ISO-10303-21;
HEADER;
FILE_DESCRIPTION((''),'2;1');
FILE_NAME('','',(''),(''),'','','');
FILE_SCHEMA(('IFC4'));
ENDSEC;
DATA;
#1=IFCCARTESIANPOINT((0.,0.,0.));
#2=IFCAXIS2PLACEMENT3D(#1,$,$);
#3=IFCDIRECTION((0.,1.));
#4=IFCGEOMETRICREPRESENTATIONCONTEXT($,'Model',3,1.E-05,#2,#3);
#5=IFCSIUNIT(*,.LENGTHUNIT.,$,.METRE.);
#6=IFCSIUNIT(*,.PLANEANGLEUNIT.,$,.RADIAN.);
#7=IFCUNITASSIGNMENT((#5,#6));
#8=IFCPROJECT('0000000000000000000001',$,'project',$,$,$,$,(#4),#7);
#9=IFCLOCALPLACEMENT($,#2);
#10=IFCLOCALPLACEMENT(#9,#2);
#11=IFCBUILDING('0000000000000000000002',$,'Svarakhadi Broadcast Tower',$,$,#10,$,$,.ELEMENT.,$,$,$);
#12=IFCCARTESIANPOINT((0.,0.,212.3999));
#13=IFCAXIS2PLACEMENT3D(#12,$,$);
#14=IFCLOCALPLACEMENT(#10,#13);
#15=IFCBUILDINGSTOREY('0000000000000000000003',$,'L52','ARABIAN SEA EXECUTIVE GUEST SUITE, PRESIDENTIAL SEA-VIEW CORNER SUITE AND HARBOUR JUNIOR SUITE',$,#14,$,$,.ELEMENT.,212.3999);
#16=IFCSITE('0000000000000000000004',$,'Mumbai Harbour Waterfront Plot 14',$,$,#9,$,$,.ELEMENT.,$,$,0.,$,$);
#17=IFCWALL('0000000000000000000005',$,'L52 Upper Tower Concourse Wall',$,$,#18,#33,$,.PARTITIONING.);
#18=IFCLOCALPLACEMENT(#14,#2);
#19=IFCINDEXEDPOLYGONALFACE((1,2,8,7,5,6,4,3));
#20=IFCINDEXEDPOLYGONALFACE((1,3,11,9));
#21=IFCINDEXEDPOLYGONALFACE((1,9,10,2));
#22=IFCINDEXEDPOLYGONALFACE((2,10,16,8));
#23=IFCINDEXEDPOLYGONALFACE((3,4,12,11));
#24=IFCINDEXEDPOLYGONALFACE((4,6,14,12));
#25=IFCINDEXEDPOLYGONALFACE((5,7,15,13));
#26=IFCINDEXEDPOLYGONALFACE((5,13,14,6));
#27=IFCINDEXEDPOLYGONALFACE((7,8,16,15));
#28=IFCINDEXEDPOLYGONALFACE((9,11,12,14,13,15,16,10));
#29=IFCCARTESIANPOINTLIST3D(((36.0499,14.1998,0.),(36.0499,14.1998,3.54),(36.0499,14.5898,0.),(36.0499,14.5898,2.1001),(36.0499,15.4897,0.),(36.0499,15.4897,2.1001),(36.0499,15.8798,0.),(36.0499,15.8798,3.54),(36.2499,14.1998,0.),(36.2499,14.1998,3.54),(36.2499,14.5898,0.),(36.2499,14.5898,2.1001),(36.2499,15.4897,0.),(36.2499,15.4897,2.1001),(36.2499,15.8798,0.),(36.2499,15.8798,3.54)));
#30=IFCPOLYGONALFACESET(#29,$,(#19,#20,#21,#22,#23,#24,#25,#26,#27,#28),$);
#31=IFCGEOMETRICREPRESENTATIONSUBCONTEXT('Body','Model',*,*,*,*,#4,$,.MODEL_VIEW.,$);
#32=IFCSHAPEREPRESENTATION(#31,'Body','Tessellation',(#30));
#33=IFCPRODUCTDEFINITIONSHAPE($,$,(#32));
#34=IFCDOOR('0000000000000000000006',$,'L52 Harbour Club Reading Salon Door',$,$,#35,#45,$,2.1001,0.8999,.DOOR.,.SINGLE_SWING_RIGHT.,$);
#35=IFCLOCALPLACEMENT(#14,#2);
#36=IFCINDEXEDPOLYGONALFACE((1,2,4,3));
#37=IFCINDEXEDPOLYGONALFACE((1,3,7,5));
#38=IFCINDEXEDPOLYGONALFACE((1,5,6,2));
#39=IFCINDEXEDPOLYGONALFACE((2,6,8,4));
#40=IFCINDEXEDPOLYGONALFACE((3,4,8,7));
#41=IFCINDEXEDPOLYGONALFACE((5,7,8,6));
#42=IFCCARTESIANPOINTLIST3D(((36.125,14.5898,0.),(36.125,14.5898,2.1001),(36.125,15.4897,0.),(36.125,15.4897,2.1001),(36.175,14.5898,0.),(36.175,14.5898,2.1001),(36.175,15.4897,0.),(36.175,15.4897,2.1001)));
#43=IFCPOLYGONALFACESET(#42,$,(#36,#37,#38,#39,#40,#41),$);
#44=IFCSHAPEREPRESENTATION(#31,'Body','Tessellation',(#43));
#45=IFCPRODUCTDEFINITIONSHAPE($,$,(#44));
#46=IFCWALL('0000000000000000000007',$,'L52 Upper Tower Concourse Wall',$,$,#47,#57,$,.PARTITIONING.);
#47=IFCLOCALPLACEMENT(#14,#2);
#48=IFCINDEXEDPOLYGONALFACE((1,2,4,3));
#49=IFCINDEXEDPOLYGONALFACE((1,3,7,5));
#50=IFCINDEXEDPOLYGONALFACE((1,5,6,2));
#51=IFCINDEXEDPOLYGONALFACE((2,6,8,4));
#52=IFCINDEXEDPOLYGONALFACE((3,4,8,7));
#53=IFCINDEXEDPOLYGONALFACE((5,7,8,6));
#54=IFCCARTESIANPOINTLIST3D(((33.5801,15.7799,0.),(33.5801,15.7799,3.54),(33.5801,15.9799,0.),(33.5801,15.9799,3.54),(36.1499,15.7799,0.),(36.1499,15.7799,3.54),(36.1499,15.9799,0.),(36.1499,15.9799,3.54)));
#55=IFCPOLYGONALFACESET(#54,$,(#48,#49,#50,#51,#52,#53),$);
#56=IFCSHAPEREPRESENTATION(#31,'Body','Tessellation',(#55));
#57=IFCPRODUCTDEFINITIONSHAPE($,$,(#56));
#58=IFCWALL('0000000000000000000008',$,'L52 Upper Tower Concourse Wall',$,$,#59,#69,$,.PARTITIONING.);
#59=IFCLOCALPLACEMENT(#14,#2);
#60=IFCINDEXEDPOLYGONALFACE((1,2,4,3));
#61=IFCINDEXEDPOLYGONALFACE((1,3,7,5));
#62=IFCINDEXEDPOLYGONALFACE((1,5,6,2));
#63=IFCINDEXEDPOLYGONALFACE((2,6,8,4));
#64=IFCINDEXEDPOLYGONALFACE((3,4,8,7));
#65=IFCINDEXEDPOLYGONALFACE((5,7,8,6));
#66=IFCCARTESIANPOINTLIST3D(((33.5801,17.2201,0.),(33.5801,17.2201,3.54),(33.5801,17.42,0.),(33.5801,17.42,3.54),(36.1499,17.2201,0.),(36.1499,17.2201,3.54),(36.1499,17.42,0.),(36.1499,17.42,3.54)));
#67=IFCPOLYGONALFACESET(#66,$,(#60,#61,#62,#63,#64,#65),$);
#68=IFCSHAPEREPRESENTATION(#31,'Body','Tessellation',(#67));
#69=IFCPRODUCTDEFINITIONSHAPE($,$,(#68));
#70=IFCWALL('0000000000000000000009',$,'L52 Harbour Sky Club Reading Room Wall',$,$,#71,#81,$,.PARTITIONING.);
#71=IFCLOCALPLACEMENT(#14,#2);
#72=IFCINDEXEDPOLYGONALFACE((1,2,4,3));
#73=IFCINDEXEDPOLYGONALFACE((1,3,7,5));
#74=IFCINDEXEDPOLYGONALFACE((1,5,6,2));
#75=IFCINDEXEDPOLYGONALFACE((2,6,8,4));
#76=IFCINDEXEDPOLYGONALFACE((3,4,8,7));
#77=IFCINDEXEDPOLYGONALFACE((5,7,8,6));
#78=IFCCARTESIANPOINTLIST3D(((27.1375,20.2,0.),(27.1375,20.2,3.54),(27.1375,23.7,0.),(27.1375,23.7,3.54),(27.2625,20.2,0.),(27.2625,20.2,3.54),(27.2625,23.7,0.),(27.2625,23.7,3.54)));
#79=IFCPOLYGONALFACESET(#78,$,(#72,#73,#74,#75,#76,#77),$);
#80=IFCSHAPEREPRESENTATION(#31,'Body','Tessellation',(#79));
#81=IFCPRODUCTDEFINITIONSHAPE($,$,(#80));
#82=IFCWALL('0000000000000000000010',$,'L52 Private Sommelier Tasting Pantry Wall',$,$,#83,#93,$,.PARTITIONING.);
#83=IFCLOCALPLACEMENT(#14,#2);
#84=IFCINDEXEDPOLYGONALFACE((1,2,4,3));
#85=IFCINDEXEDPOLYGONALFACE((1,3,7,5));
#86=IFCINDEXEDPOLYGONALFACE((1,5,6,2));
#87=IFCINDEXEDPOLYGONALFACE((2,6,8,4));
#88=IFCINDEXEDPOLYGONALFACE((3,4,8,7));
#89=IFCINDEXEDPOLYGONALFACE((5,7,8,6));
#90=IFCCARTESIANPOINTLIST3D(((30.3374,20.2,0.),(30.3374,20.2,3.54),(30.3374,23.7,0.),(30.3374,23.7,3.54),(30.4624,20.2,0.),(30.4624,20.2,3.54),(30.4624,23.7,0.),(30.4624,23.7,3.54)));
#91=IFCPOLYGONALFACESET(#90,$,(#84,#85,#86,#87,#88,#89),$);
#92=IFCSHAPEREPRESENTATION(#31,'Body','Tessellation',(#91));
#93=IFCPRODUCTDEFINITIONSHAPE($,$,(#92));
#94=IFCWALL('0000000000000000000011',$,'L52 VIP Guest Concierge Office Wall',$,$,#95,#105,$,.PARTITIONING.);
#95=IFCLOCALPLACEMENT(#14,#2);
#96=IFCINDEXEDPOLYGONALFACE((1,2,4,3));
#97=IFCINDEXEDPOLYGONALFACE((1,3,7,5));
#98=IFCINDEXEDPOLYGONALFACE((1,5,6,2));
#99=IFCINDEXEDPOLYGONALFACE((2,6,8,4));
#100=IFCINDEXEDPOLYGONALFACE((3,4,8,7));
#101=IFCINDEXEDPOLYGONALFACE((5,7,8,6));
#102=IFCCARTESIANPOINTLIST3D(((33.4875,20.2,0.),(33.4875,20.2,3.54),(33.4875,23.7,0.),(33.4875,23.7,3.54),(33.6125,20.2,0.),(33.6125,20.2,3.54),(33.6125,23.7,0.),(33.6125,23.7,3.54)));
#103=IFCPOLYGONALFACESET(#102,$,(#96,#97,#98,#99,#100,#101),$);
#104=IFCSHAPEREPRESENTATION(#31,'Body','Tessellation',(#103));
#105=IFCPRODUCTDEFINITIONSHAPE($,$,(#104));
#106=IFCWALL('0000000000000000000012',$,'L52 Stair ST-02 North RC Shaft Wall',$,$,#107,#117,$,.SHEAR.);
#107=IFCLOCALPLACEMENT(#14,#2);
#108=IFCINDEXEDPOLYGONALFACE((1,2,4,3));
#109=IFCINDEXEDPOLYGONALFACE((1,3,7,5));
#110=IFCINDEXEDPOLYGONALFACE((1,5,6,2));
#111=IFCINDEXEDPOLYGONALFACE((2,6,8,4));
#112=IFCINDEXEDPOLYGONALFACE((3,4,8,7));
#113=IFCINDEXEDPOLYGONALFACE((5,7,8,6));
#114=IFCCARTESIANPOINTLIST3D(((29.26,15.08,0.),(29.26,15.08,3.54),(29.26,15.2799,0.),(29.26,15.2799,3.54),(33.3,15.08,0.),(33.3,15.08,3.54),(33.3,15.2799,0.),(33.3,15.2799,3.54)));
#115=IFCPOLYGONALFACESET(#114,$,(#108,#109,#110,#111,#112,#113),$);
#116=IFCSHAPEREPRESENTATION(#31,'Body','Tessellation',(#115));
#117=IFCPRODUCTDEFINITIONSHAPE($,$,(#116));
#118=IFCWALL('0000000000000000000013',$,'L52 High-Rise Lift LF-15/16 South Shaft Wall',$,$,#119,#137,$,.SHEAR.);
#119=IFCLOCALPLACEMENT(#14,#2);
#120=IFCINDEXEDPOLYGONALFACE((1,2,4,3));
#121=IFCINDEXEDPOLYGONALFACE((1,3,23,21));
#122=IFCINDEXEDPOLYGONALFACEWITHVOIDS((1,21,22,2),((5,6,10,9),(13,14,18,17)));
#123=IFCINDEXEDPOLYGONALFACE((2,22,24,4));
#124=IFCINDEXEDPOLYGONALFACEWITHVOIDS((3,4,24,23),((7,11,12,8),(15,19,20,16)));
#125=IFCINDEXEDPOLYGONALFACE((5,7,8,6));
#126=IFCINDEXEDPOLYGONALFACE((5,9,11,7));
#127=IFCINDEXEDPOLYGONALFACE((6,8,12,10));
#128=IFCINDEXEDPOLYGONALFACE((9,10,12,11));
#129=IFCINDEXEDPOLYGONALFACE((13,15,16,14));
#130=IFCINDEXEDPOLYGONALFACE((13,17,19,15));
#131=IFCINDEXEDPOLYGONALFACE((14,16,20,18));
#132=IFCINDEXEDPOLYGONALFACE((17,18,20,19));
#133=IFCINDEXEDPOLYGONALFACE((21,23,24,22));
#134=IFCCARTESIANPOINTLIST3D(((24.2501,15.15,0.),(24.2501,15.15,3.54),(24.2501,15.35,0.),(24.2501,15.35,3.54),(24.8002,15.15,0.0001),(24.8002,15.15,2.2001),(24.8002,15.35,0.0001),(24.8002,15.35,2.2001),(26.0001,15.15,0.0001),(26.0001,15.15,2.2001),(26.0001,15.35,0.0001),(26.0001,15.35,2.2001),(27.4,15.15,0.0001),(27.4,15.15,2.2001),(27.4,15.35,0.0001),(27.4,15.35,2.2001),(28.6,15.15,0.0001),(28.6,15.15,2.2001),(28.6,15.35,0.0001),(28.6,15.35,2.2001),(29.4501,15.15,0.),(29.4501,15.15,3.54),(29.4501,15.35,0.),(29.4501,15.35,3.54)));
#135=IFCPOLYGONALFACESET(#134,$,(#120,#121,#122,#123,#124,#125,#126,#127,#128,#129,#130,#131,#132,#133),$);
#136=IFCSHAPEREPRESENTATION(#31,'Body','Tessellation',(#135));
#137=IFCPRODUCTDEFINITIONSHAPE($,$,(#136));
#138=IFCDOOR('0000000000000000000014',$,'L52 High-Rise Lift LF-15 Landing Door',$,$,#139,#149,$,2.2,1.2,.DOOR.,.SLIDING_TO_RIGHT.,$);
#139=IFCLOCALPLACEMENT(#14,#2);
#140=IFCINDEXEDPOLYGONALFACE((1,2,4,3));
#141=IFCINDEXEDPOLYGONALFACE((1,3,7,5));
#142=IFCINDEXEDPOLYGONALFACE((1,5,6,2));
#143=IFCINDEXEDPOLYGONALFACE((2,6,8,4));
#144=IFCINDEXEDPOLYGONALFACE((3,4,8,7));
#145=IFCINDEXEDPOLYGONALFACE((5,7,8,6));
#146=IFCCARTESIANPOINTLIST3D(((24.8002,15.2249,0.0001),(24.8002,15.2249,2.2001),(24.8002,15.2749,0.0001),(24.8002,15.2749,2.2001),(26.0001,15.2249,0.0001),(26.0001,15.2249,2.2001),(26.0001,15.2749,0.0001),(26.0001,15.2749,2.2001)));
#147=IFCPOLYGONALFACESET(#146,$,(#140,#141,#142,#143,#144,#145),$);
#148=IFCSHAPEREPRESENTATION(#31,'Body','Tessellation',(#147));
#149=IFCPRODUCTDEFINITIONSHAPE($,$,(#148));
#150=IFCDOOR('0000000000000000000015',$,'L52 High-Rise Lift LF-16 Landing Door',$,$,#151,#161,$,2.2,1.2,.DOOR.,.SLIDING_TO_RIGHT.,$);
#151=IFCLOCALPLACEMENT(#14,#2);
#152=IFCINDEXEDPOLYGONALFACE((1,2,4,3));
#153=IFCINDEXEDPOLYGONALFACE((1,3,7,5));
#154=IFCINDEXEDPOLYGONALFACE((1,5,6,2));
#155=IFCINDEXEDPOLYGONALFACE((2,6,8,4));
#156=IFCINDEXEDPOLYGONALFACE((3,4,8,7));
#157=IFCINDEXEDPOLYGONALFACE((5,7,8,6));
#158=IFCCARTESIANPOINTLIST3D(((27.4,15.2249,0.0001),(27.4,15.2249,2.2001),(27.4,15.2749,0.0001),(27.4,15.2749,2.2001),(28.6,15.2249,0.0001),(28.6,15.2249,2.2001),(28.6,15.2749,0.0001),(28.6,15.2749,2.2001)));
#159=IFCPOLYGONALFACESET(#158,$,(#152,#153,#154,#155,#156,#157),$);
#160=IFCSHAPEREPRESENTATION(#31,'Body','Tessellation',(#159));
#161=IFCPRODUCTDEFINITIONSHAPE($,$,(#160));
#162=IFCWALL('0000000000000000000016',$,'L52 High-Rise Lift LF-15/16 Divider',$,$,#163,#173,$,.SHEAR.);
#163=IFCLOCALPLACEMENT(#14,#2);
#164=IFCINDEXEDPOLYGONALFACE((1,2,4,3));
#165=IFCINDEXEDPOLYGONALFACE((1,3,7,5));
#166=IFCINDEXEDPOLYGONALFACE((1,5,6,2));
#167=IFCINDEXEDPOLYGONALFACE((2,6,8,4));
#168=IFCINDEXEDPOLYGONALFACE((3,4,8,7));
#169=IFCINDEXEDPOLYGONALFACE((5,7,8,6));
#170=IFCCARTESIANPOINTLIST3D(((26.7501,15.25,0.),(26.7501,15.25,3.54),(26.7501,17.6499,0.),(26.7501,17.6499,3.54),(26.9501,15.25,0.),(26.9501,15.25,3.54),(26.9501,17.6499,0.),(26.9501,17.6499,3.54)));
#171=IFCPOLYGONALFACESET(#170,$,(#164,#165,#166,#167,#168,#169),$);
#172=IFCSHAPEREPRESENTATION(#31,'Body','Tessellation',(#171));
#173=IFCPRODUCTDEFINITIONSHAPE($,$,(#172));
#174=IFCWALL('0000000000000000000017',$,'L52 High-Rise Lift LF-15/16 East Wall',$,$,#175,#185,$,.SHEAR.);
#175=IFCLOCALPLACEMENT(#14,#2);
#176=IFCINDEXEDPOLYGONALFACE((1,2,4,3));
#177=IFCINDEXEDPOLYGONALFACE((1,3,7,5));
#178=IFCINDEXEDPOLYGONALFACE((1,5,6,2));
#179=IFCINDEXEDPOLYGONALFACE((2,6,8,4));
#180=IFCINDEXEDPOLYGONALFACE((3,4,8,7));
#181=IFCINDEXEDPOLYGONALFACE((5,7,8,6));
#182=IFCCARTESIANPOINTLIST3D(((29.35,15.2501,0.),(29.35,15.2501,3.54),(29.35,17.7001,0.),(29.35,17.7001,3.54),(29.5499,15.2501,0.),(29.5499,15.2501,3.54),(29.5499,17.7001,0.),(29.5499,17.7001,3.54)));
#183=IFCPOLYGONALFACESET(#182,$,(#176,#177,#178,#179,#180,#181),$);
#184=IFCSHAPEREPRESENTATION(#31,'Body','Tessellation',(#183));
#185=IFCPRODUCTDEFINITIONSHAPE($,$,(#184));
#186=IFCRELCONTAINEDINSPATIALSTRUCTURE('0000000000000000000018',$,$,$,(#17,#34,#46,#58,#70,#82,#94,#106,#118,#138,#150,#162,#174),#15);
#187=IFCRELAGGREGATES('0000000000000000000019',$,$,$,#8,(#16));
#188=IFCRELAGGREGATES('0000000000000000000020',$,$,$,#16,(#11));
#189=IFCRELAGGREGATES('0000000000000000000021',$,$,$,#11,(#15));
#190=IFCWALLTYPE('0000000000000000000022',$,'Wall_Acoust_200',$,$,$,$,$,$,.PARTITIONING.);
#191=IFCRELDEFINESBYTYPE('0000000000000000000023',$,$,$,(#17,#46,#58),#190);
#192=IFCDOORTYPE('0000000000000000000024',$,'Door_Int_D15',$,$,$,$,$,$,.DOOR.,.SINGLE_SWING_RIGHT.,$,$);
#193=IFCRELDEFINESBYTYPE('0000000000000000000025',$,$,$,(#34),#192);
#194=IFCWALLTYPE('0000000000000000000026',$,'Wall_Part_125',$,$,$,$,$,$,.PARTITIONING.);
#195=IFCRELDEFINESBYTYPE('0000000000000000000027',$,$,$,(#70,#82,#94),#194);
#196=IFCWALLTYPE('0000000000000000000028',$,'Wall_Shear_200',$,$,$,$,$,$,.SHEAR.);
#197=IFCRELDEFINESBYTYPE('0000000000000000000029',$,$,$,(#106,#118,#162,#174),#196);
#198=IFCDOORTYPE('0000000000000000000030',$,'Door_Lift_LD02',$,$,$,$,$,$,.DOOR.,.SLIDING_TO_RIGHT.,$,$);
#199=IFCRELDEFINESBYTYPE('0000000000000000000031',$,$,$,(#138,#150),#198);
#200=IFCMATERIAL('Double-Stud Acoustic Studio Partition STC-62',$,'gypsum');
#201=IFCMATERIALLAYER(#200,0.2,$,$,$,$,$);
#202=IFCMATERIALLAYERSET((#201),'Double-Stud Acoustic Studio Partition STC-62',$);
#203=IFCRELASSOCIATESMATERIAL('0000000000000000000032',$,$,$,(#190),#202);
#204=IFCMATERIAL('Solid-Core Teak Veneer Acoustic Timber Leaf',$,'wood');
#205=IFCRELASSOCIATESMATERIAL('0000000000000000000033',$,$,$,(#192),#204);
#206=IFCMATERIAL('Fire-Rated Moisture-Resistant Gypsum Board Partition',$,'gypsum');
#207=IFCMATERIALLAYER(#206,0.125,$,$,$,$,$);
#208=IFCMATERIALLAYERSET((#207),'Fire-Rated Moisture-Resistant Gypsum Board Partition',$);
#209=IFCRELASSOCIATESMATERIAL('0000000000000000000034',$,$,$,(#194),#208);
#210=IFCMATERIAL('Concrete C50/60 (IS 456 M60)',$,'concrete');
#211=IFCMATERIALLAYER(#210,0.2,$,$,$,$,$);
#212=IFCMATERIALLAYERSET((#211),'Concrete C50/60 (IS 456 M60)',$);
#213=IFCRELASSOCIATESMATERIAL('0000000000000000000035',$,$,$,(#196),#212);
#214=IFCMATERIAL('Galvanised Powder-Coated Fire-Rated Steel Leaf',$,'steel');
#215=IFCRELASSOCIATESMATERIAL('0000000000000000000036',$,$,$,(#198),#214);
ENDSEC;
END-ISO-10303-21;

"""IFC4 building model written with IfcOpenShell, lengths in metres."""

from ifc_helpers import new_model, si_unit, direction, frame, frame_2d, origin, place, context, subcontext, project, spatial, rectangle, extrude, material, layer, layer_set, type_object, element, fill, save


model = new_model("IFC4")

# Units and contexts
model_context = context("Model", 3, precision=1e-05, world=origin(), true_north=direction((0.0, 1.0)))
body_context = subcontext(model_context, "Body", "Model", "MODEL_VIEW")
ifc_project = project(units=[si_unit("LENGTHUNIT", "METRE"), si_unit("PLANEANGLEUNIT", "RADIAN")], contexts=[model_context])

# Site, building, storey
site_placement = place(None, origin())
site = spatial("IfcSite", under=ifc_project, at=site_placement, Name="Mumbai Harbour Waterfront Plot 14", CompositionType="ELEMENT", RefElevation=0.0)
building_placement = place(site_placement, origin())
building = spatial("IfcBuilding", under=site, at=building_placement, Name="Svarakhadi Broadcast Tower", CompositionType="ELEMENT")
storey_placement = place(building_placement, frame((0.0, 0.0, 212.3999)))
storey = spatial("IfcBuildingStorey", under=building, at=storey_placement, Name="L52", Description="ARABIAN SEA EXECUTIVE GUEST SUITE, PRESIDENTIAL SEA-VIEW CORNER SUITE AND HARBOUR JUNIOR SUITE", CompositionType="ELEMENT", Elevation=212.3999)

# Shared definitions
ifc_material_1 = material(Name="Concrete C50/60 (IS 456 M60)", Category="concrete")

# Shared definitions
ifc_material_2 = material(Name="Double-Stud Acoustic Studio Partition STC-62", Category="gypsum")
ifc_layer_1 = layer(ifc_material_2, 0.2)
ifc_layer_set_1 = layer_set([ifc_layer_1], Name="Double-Stud Acoustic Studio Partition STC-62")
wall_type_1 = type_object("IfcWallType", Name="Wall_Acoust_200", PredefinedType="PARTITIONING", material=ifc_layer_set_1)

# Wall, opening, door
wall_1_placement = place(storey_placement, frame((36.1499, 14.2, 0.0), z_axis=(0.0, 0.0, 1.0), x_axis=(0.0, 1.0, 0.0)))
wall_1 = element("IfcWall", 1, at=wall_1_placement, inside=storey, type_object=wall_type_1, Name="L52 Upper Tower Concourse Wall", PredefinedType="PARTITIONING", context=body_context, shape_type="SweptSolid", body=[
    extrude(rectangle(XDim=1.6799, YDim=0.2, at=frame_2d((0.8398, 0.0))), origin(), (0.0, 0.0, 1.0), 3.54),
])
opening_1_placement = place(wall_1_placement, frame((0.3899, 0.0, 0.0)))
opening_1 = element("IfcOpeningElement", 2, at=opening_1_placement, cuts=wall_1, PredefinedType="OPENING", context=body_context, shape_type="SweptSolid", body=[
    extrude(rectangle(XDim=0.8999, YDim=2.1001, at=frame_2d((0.45, 1.05))), frame((0.0, 0.1099, 0.0), z_axis=(0.0, -1.0, 0.0), x_axis=(1.0, 0.0, 0.0)), (0.0, 0.0, 1.0), 0.22),
])
ifc_material_3 = material(Name="Solid-Core Teak Veneer Acoustic Timber Leaf", Category="wood")
door_type_1 = type_object("IfcDoorType", Name="Door_Int_D15", OperationType="SINGLE_SWING_RIGHT", PredefinedType="DOOR", material=ifc_material_3)
door_1_placement = place(opening_1_placement, origin())
door_1 = element("IfcDoor", 3, at=door_1_placement, inside=storey, type_object=door_type_1, Name="L52 Harbour Club Reading Salon Door", OperationType="SINGLE_SWING_RIGHT", OverallHeight=2.1001, OverallWidth=0.8999, PredefinedType="DOOR", context=body_context, shape_type="SweptSolid", body=[
    extrude(rectangle(XDim=0.8999, YDim=2.1001, at=frame_2d((0.45, 1.05))), frame((0.0, 0.0249, 0.0), z_axis=(0.0, -1.0, 0.0), x_axis=(1.0, 0.0, 0.0)), (0.0, 0.0, 1.0), 0.05),
])
fill(opening_1, door_1)

# Walls
for number, where, z_axis, x_axis, name in (
    (4, (36.1499, 15.8799, 0.0), (0.0, 0.0, 1.0), (-1.0, 0.0, 0.0), "L52 Upper Tower Concourse Wall"),
    (5, (33.5801, 17.3201, 0.0), (0.0, 0.0, 1.0), (1.0, 0.0, 0.0), "L52 Upper Tower Concourse Wall"),
):
    element("IfcWall", number, at=place(storey_placement, frame(where, z_axis=z_axis, x_axis=x_axis)), inside=storey, type_object=wall_type_1, Name=name, PredefinedType="PARTITIONING", context=body_context, shape_type="SweptSolid", body=[
        extrude(rectangle(XDim=2.5698, YDim=0.2, at=frame_2d((1.2849, 0.0))), origin(), (0.0, 0.0, 1.0), 3.54),
    ])
ifc_material_4 = material(Name="Fire-Rated Moisture-Resistant Gypsum Board Partition", Category="gypsum")
ifc_layer_2 = layer(ifc_material_4, 0.125)
ifc_layer_set_2 = layer_set([ifc_layer_2], Name="Fire-Rated Moisture-Resistant Gypsum Board Partition")
wall_type_2 = type_object("IfcWallType", Name="Wall_Part_125", PredefinedType="PARTITIONING", material=ifc_layer_set_2)
for number, where, z_axis, x_axis, name in (
    (6, (27.2, 20.2, 0.0), (0.0, 0.0, 1.0), (0.0, 1.0, 0.0), "L52 Harbour Sky Club Reading Room Wall"),
    (7, (30.3999, 20.2, 0.0), (0.0, 0.0, 1.0), (0.0, 1.0, 0.0), "L52 Private Sommelier Tasting Pantry Wall"),
    (8, (33.55, 20.2, 0.0), (0.0, 0.0, 1.0), (0.0, 1.0, 0.0), "L52 VIP Guest Concierge Office Wall"),
):
    element("IfcWall", number, at=place(storey_placement, frame(where, z_axis=z_axis, x_axis=x_axis)), inside=storey, type_object=wall_type_2, Name=name, PredefinedType="PARTITIONING", context=body_context, shape_type="SweptSolid", body=[
        extrude(rectangle(XDim=3.5, YDim=0.125, at=frame_2d((1.75, 0.0))), origin(), (0.0, 0.0, 1.0), 3.54),
    ])
ifc_layer_3 = layer(ifc_material_1, 0.2)
ifc_layer_set_3 = layer_set([ifc_layer_3], Name="Concrete C50/60 (IS 456 M60)")
wall_type_3 = type_object("IfcWallType", Name="Wall_Shear_200", PredefinedType="SHEAR", material=ifc_layer_set_3)
wall_2_placement = place(storey_placement, frame((29.26, 15.1799, 0.0), z_axis=(0.0, 0.0, 1.0), x_axis=(1.0, 0.0, 0.0)))
element("IfcWall", 9, at=wall_2_placement, inside=storey, type_object=wall_type_3, Name="L52 Stair ST-02 North RC Shaft Wall", PredefinedType="SHEAR", context=body_context, shape_type="SweptSolid", body=[
    extrude(rectangle(XDim=4.04, YDim=0.2, at=frame_2d((2.02, 0.0))), origin(), (0.0, 0.0, 1.0), 3.54),
])

# Shared definitions
ifc_material_5 = material(Name="Galvanised Powder-Coated Fire-Rated Steel Leaf", Category="steel")

# Wall, openings, doors
wall_3_placement = place(storey_placement, frame((24.25, 15.25, 0.0), z_axis=(0.0, 0.0, 1.0), x_axis=(1.0, 0.0, 0.0)))
wall_3 = element("IfcWall", 10, at=wall_3_placement, inside=storey, type_object=wall_type_3, Name="L52 High-Rise Lift LF-15/16 South Shaft Wall", PredefinedType="SHEAR", context=body_context, shape_type="SweptSolid", body=[
    extrude(rectangle(XDim=5.2, YDim=0.2, at=frame_2d((2.6001, 0.0))), origin(), (0.0, 0.0, 1.0), 3.54),
])
opening_2_placement = place(wall_3_placement, frame((0.55, 0.0, 0.0)))
opening_2 = element("IfcOpeningElement", 11, at=opening_2_placement, cuts=wall_3, PredefinedType="OPENING", context=body_context, shape_type="SweptSolid", body=[
    extrude(rectangle(XDim=1.2, YDim=2.2, at=frame_2d((0.6001, 1.1001))), frame((0.0, 0.1099, 0.0), z_axis=(0.0, -1.0, 0.0), x_axis=(1.0, 0.0, 0.0)), (0.0, 0.0, 1.0), 0.22),
])
opening_3_placement = place(wall_3_placement, frame((3.1499, 0.0, 0.0)))
opening_3 = element("IfcOpeningElement", 12, at=opening_3_placement, cuts=wall_3, PredefinedType="OPENING", context=body_context, shape_type="SweptSolid", body=[
    extrude(rectangle(XDim=1.2, YDim=2.2, at=frame_2d((0.6001, 1.1001))), frame((0.0, 0.1099, 0.0), z_axis=(0.0, -1.0, 0.0), x_axis=(1.0, 0.0, 0.0)), (0.0, 0.0, 1.0), 0.22),
])
door_type_2 = type_object("IfcDoorType", Name="Door_Lift_LD02", OperationType="SLIDING_TO_RIGHT", PredefinedType="DOOR", material=ifc_material_5)
door_2_placement = place(opening_2_placement, origin())
door_2 = element("IfcDoor", 13, at=door_2_placement, inside=storey, type_object=door_type_2, Name="L52 High-Rise Lift LF-15 Landing Door", OperationType="SLIDING_TO_RIGHT", OverallHeight=2.2, OverallWidth=1.2, PredefinedType="DOOR", context=body_context, shape_type="SweptSolid", body=[
    extrude(rectangle(XDim=1.2, YDim=2.2, at=frame_2d((0.6001, 1.1001))), frame((0.0, 0.0249, 0.0), z_axis=(0.0, -1.0, 0.0), x_axis=(1.0, 0.0, 0.0)), (0.0, 0.0, 1.0), 0.05),
])
fill(opening_2, door_2)
door_3_placement = place(opening_3_placement, origin())
door_3 = element("IfcDoor", 14, at=door_3_placement, inside=storey, type_object=door_type_2, Name="L52 High-Rise Lift LF-16 Landing Door", OperationType="SLIDING_TO_RIGHT", OverallHeight=2.2, OverallWidth=1.2, PredefinedType="DOOR", context=body_context, shape_type="SweptSolid", body=[
    extrude(rectangle(XDim=1.2, YDim=2.2, at=frame_2d((0.6001, 1.1001))), frame((0.0, 0.0249, 0.0), z_axis=(0.0, -1.0, 0.0), x_axis=(1.0, 0.0, 0.0)), (0.0, 0.0, 1.0), 0.05),
])
fill(opening_3, door_3)

# Walls
wall_4_placement = place(storey_placement, frame((26.8501, 15.25, 0.0), z_axis=(0.0, 0.0, 1.0), x_axis=(0.0, 1.0, 0.0)))
element("IfcWall", 15, at=wall_4_placement, inside=storey, type_object=wall_type_3, Name="L52 High-Rise Lift LF-15/16 Divider", PredefinedType="SHEAR", context=body_context, shape_type="SweptSolid", body=[
    extrude(rectangle(XDim=2.3999, YDim=0.2, at=frame_2d((1.2, 0.0))), origin(), (0.0, 0.0, 1.0), 3.54),
])
wall_5_placement = place(storey_placement, frame((29.45, 15.25, 0.0), z_axis=(0.0, 0.0, 1.0), x_axis=(0.0, 1.0, 0.0)))
element("IfcWall", 16, at=wall_5_placement, inside=storey, type_object=wall_type_3, Name="L52 High-Rise Lift LF-15/16 East Wall", PredefinedType="SHEAR", context=body_context, shape_type="SweptSolid", body=[
    extrude(rectangle(XDim=2.45, YDim=0.2, at=frame_2d((1.2251, 0.0))), origin(), (0.0, 0.0, 1.0), 3.54),
])

save(model, "model.ifc")
